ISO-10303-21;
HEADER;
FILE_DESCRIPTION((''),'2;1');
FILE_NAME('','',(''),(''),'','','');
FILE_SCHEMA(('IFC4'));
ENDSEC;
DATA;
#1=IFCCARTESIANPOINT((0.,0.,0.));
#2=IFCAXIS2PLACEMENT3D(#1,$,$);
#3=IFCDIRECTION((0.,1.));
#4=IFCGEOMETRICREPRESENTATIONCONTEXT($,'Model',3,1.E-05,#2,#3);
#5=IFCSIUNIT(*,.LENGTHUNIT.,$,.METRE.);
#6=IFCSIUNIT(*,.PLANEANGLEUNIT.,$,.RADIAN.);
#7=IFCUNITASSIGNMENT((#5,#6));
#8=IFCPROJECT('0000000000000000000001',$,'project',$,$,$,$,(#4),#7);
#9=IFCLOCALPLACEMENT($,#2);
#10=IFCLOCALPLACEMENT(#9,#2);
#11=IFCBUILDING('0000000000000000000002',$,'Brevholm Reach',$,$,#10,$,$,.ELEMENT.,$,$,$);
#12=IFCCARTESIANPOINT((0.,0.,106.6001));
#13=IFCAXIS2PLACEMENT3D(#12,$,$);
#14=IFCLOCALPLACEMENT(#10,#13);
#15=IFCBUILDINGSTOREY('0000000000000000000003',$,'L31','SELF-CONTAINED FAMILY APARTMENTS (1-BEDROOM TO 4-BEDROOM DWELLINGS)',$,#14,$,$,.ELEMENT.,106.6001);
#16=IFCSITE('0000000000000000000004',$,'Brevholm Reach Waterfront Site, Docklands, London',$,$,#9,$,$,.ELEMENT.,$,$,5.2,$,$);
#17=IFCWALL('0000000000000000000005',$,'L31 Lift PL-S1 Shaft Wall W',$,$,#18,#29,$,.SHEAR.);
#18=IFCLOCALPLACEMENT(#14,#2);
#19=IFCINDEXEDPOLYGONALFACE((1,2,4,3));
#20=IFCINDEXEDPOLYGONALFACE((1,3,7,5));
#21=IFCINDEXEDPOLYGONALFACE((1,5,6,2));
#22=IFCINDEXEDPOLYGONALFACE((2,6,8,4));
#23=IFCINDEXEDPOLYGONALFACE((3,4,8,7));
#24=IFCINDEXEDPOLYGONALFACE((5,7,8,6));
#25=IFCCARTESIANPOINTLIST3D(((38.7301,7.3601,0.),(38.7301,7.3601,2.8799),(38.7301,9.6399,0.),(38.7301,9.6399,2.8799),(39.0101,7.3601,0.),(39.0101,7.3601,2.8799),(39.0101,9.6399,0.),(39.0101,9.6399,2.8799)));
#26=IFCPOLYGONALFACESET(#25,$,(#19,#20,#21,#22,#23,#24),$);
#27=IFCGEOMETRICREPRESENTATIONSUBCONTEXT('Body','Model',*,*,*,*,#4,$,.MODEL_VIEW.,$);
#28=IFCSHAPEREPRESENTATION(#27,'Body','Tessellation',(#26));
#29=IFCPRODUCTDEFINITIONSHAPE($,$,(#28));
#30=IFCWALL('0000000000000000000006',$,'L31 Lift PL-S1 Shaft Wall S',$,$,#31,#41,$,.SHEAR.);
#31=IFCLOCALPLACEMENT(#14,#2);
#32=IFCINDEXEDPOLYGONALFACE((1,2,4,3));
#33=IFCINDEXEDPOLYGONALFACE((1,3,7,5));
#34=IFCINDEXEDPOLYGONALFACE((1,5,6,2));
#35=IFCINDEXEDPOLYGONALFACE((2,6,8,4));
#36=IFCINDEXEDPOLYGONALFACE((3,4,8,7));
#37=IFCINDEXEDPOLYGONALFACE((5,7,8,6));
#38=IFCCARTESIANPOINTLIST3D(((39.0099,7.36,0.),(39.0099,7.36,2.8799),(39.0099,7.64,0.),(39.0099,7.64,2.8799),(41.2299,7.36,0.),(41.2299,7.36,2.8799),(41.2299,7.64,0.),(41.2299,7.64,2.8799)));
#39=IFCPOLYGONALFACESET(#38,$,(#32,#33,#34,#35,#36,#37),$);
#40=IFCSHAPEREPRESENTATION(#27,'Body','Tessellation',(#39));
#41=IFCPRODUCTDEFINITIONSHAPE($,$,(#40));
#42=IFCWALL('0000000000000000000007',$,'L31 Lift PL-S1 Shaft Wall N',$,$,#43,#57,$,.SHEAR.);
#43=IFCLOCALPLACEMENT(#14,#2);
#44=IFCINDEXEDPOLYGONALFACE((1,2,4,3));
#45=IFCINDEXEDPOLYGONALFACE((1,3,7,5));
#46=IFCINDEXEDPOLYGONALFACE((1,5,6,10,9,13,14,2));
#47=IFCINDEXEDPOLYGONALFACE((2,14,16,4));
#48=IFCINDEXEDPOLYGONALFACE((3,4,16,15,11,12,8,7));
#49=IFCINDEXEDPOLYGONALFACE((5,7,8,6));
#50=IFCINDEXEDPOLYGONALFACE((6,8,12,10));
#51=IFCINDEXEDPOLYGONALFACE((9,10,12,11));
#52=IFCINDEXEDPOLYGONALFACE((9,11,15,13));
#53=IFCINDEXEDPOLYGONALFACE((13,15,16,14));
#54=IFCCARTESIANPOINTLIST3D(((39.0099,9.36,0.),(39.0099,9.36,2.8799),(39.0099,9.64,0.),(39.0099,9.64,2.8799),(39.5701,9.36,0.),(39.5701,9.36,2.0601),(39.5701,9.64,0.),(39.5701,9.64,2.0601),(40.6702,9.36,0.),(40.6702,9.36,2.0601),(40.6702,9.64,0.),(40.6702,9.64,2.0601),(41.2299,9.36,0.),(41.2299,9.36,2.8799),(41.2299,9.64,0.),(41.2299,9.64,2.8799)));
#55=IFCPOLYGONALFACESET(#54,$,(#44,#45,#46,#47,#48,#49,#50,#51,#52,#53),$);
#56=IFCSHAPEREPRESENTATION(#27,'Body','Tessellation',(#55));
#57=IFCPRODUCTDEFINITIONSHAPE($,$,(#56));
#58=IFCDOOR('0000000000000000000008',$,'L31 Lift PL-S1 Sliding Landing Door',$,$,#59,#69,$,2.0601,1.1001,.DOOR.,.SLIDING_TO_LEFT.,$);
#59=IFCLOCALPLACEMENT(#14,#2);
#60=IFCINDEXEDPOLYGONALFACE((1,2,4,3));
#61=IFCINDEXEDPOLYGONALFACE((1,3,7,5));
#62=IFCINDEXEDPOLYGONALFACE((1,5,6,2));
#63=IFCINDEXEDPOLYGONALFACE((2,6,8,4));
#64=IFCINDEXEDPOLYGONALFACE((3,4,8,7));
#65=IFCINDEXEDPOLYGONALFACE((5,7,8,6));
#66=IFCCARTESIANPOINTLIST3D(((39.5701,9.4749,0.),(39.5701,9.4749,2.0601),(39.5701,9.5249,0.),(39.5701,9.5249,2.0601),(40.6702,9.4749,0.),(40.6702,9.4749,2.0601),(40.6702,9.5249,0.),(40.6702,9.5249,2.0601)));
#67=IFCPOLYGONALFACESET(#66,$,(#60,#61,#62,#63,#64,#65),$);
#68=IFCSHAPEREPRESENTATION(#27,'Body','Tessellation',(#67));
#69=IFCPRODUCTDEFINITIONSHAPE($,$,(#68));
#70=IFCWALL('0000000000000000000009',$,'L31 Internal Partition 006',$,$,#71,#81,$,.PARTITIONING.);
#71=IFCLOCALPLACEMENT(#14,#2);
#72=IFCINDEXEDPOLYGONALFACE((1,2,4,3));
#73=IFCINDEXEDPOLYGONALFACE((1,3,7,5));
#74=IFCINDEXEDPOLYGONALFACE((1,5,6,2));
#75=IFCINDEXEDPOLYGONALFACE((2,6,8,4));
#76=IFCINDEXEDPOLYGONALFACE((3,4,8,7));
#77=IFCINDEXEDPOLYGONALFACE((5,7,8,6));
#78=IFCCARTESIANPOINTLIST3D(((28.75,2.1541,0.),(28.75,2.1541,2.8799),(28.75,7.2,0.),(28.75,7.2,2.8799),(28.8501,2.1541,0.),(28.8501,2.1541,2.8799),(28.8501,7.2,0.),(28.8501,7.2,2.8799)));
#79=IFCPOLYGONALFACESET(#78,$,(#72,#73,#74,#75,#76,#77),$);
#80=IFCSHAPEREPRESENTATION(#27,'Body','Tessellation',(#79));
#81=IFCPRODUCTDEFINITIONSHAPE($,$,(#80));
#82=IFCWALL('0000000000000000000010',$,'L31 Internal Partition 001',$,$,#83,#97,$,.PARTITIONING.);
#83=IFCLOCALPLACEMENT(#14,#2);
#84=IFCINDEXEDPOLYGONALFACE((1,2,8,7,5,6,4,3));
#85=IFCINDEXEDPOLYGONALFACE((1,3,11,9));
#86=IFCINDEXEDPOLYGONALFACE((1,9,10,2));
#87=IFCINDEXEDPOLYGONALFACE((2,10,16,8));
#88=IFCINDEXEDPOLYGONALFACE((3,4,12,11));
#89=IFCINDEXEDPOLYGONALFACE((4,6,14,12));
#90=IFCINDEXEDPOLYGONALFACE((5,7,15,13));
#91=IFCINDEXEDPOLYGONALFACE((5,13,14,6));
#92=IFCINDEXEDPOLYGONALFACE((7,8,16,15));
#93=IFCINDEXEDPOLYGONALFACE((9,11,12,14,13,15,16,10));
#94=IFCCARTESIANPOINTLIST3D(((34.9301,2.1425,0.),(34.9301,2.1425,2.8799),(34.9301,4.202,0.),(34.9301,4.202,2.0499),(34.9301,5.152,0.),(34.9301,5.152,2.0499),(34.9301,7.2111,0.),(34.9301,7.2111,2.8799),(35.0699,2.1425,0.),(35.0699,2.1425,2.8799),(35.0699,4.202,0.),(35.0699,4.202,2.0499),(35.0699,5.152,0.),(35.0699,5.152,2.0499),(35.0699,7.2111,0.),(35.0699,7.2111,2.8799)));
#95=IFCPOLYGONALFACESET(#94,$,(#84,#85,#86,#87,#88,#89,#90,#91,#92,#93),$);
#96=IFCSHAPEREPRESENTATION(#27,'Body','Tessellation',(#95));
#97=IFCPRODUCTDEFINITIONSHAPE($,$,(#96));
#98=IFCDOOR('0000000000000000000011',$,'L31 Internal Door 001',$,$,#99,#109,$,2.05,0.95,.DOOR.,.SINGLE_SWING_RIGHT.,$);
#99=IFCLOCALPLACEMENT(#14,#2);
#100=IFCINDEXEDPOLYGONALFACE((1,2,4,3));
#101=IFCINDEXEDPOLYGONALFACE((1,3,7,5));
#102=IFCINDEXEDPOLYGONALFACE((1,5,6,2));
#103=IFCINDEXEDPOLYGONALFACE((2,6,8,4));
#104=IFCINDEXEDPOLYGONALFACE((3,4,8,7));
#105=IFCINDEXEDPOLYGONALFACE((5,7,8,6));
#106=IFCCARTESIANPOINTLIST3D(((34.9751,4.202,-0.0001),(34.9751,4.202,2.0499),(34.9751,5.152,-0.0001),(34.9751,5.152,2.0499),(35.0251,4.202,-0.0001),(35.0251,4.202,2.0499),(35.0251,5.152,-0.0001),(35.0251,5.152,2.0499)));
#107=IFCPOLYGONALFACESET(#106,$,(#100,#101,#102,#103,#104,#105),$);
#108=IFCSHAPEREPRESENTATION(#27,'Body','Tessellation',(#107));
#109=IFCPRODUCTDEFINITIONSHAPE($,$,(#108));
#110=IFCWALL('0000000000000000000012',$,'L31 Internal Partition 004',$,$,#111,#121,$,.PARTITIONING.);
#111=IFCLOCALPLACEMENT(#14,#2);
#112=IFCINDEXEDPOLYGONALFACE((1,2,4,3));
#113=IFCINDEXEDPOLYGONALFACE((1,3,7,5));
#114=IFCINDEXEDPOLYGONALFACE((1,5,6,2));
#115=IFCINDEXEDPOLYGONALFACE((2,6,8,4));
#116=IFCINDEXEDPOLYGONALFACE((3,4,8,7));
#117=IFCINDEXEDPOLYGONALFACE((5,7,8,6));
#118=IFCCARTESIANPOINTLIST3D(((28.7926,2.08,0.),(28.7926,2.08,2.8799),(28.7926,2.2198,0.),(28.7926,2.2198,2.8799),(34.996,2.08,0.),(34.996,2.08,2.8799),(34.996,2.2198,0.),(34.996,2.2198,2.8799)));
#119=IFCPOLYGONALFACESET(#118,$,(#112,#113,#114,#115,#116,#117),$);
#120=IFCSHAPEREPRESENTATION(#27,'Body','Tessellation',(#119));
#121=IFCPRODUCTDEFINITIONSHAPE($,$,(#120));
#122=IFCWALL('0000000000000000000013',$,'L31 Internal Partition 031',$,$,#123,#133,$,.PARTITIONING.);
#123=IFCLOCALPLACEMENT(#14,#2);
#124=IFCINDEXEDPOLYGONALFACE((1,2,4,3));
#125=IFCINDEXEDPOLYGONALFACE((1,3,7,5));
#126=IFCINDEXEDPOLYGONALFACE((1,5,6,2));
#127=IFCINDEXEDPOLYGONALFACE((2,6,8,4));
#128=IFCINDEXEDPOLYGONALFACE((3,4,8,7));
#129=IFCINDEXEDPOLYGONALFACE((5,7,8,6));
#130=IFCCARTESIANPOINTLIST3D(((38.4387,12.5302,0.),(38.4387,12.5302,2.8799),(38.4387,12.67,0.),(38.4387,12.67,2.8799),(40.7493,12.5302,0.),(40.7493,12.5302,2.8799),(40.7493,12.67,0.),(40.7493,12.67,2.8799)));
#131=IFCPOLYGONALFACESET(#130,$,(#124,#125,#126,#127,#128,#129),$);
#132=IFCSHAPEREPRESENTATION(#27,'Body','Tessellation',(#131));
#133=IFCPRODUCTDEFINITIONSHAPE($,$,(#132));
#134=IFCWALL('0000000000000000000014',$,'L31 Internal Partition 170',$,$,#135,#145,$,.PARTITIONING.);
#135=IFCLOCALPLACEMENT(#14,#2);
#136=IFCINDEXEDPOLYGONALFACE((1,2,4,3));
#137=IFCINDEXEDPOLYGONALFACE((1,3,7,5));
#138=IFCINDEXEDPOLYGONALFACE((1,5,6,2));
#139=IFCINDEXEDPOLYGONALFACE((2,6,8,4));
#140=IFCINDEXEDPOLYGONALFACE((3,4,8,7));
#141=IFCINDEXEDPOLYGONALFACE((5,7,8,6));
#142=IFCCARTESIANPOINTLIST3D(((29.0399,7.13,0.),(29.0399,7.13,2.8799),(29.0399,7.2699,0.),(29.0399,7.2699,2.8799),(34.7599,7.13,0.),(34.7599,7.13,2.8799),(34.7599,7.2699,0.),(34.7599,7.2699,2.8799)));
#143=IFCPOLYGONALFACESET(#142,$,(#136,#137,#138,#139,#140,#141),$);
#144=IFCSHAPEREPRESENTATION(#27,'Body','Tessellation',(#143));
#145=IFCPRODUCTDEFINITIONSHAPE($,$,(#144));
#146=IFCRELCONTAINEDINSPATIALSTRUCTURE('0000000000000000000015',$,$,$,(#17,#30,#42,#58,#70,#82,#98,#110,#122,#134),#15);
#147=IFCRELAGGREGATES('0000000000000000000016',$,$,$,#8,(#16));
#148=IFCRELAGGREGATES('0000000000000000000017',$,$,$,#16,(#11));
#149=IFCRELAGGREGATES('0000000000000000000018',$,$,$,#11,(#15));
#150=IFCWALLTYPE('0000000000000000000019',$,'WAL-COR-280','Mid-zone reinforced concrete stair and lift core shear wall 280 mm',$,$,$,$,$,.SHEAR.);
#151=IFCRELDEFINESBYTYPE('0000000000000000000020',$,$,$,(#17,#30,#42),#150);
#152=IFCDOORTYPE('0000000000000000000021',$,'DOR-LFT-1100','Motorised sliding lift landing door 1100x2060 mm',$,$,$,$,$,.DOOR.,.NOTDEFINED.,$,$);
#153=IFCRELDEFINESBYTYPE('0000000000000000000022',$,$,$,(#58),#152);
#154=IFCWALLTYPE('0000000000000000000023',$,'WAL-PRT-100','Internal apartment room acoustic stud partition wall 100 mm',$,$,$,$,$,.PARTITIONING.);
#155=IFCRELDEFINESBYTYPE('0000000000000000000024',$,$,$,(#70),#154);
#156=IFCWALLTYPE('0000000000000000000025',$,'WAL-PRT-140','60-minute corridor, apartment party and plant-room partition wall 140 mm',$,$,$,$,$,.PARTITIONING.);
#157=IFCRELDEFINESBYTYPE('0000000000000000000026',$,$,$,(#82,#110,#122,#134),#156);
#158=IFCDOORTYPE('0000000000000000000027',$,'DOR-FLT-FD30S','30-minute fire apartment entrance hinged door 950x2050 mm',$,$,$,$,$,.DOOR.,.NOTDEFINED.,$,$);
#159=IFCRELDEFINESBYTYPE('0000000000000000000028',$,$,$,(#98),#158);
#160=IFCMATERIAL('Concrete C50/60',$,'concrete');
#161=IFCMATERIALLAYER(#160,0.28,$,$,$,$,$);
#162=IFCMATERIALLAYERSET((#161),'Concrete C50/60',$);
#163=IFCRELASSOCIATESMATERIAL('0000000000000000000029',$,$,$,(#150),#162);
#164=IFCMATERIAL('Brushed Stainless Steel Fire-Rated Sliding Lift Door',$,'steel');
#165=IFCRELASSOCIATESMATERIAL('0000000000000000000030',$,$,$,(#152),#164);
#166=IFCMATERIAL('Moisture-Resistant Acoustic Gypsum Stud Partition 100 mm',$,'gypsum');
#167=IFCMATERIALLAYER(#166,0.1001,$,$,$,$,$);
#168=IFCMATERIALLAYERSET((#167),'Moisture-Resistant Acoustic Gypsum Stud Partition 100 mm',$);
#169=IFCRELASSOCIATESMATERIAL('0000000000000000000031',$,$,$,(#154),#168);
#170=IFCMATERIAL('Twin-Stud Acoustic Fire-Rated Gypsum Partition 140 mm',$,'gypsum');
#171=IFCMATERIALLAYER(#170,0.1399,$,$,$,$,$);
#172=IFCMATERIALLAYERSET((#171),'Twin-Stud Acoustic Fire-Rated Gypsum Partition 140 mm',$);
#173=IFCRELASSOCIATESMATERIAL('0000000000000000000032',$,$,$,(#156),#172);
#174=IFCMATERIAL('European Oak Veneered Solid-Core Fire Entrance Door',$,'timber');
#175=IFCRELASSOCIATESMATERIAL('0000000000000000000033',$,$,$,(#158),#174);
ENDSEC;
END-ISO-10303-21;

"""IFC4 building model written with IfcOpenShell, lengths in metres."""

from ifc_helpers import new_model, si_unit, direction, frame, frame_2d, origin, place, context, subcontext, project, spatial, rectangle, extrude, material, layer, layer_set, type_object, element, fill, save


model = new_model("IFC4")

# Units and contexts
model_context = context("Model", 3, precision=1e-05, world=origin(), true_north=direction((0.0, 1.0)))
body_context = subcontext(model_context, "Body", "Model", "MODEL_VIEW")
ifc_project = project(units=[si_unit("LENGTHUNIT", "METRE"), si_unit("PLANEANGLEUNIT", "RADIAN")], contexts=[model_context])

# Site, building, storey
site_placement = place(None, origin())
site = spatial("IfcSite", under=ifc_project, at=site_placement, Name="Brevholm Reach Waterfront Site, Docklands, London", CompositionType="ELEMENT", RefElevation=5.2)
building_placement = place(site_placement, origin())
building = spatial("IfcBuilding", under=site, at=building_placement, Name="Brevholm Reach", CompositionType="ELEMENT")
storey_placement = place(building_placement, frame((0.0, 0.0, 106.6001)))
storey = spatial("IfcBuildingStorey", under=building, at=storey_placement, Name="L31", Description="SELF-CONTAINED FAMILY APARTMENTS (1-BEDROOM TO 4-BEDROOM DWELLINGS)", CompositionType="ELEMENT", Elevation=106.6001)

# Walls
ifc_material_1 = material(Name="Concrete C50/60", Category="concrete")
ifc_layer_1 = layer(ifc_material_1, 0.28)
ifc_layer_set_1 = layer_set([ifc_layer_1], Name="Concrete C50/60")
wall_type_1 = type_object("IfcWallType", Name="WAL-COR-280", Description="Mid-zone reinforced concrete stair and lift core shear wall 280 mm", PredefinedType="SHEAR", material=ifc_layer_set_1)
wall_1_placement = place(storey_placement, frame((38.8701, 7.3601, 0.0), z_axis=(0.0, 0.0, 1.0), x_axis=(0.0, 1.0, 0.0)))
element("IfcWall", 1, at=wall_1_placement, inside=storey, type_object=wall_type_1, Name="L31 Lift PL-S1 Shaft Wall W", PredefinedType="SHEAR", context=body_context, shape_type="SweptSolid", body=[
    extrude(rectangle(XDim=2.2798, YDim=0.28, at=frame_2d((1.1399, 0.0))), origin(), (0.0, 0.0, 1.0), 2.8799),
])
wall_2_placement = place(storey_placement, frame((39.01, 7.5, 0.0), z_axis=(0.0, 0.0, 1.0), x_axis=(1.0, 0.0, 0.0)))
element("IfcWall", 2, at=wall_2_placement, inside=storey, type_object=wall_type_1, Name="L31 Lift PL-S1 Shaft Wall S", PredefinedType="SHEAR", context=body_context, shape_type="SweptSolid", body=[
    extrude(rectangle(XDim=2.22, YDim=0.28, at=frame_2d((1.1099, 0.0))), origin(), (0.0, 0.0, 1.0), 2.8799),
])

# Wall, opening, door
wall_3_placement = place(storey_placement, frame((39.01, 9.5, 0.0), z_axis=(0.0, 0.0, 1.0), x_axis=(1.0, 0.0, 0.0)))
wall_3 = element("IfcWall", 3, at=wall_3_placement, inside=storey, type_object=wall_type_1, Name="L31 Lift PL-S1 Shaft Wall N", PredefinedType="SHEAR", context=body_context, shape_type="SweptSolid", body=[
    extrude(rectangle(XDim=2.22, YDim=0.28, at=frame_2d((1.1099, 0.0))), origin(), (0.0, 0.0, 1.0), 2.8799),
])
opening_1_placement = place(wall_3_placement, frame((0.5601, 0.0, 0.0)))
opening_1 = element("IfcOpeningElement", 4, at=opening_1_placement, cuts=wall_3, PredefinedType="OPENING", context=body_context, shape_type="SweptSolid", body=[
    extrude(rectangle(XDim=1.1001, YDim=2.0601, at=frame_2d((0.55, 1.03))), frame((0.0, 0.1499, 0.0), z_axis=(0.0, -1.0, 0.0), x_axis=(1.0, 0.0, 0.0)), (0.0, 0.0, 1.0), 0.3),
])
ifc_material_2 = material(Name="Brushed Stainless Steel Fire-Rated Sliding Lift Door", Category="steel")
door_type_1 = type_object("IfcDoorType", Name="DOR-LFT-1100", Description="Motorised sliding lift landing door 1100x2060 mm", OperationType="NOTDEFINED", PredefinedType="DOOR", material=ifc_material_2)
door_1_placement = place(opening_1_placement, origin())
door_1 = element("IfcDoor", 5, at=door_1_placement, inside=storey, type_object=door_type_1, Name="L31 Lift PL-S1 Sliding Landing Door", OperationType="SLIDING_TO_LEFT", OverallHeight=2.0601, OverallWidth=1.1001, PredefinedType="DOOR", context=body_context, shape_type="SweptSolid", body=[
    extrude(rectangle(XDim=1.1001, YDim=2.0601, at=frame_2d((0.55, 1.03))), frame((0.0, 0.0249, 0.0), z_axis=(0.0, -1.0, 0.0), x_axis=(1.0, 0.0, 0.0)), (0.0, 0.0, 1.0), 0.05),
])
fill(opening_1, door_1)

# Wall
ifc_material_3 = material(Name="Moisture-Resistant Acoustic Gypsum Stud Partition 100 mm", Category="gypsum")
ifc_layer_2 = layer(ifc_material_3, 0.1001)
ifc_layer_set_2 = layer_set([ifc_layer_2], Name="Moisture-Resistant Acoustic Gypsum Stud Partition 100 mm")
wall_type_2 = type_object("IfcWallType", Name="WAL-PRT-100", Description="Internal apartment room acoustic stud partition wall 100 mm", PredefinedType="PARTITIONING", material=ifc_layer_set_2)
wall_4_placement = place(storey_placement, frame((28.8, 2.1541, 0.0), z_axis=(0.0, 0.0, 1.0), x_axis=(0.0, 1.0, 0.0)))
element("IfcWall", 6, at=wall_4_placement, inside=storey, type_object=wall_type_2, Name="L31 Internal Partition 006", PredefinedType="PARTITIONING", context=body_context, shape_type="SweptSolid", body=[
    extrude(rectangle(XDim=5.0459, YDim=0.1001, at=frame_2d((2.5229, 0.0))), origin(), (0.0, 0.0, 1.0), 2.8799),
])

# Wall, opening, door
ifc_material_4 = material(Name="Twin-Stud Acoustic Fire-Rated Gypsum Partition 140 mm", Category="gypsum")
ifc_layer_3 = layer(ifc_material_4, 0.1399)
ifc_layer_set_3 = layer_set([ifc_layer_3], Name="Twin-Stud Acoustic Fire-Rated Gypsum Partition 140 mm")
wall_type_3 = type_object("IfcWallType", Name="WAL-PRT-140", Description="60-minute corridor, apartment party and plant-room partition wall 140 mm", PredefinedType="PARTITIONING", material=ifc_layer_set_3)
wall_5_placement = place(storey_placement, frame((35.0, 2.1426, 0.0), z_axis=(0.0, 0.0, 1.0), x_axis=(0.0, 1.0, 0.0)))
wall_5 = element("IfcWall", 7, at=wall_5_placement, inside=storey, type_object=wall_type_3, Name="L31 Internal Partition 001", PredefinedType="PARTITIONING", context=body_context, shape_type="SweptSolid", body=[
    extrude(rectangle(XDim=5.0686, YDim=0.1399, at=frame_2d((2.5342, 0.0))), origin(), (0.0, 0.0, 1.0), 2.8799),
])
opening_2_placement = place(wall_5_placement, frame((2.0593, 0.0, 0.0)))
opening_2 = element("IfcOpeningElement", 8, at=opening_2_placement, cuts=wall_5, PredefinedType="OPENING", context=body_context, shape_type="SweptSolid", body=[
    extrude(rectangle(XDim=0.95, YDim=2.05, at=frame_2d((0.4751, 1.0249))), frame((0.0, 0.0798, 0.0), z_axis=(0.0, -1.0, 0.0), x_axis=(1.0, 0.0, 0.0)), (0.0, 0.0, 1.0), 0.1599),
])
ifc_material_5 = material(Name="European Oak Veneered Solid-Core Fire Entrance Door", Category="timber")
door_type_2 = type_object("IfcDoorType", Name="DOR-FLT-FD30S", Description="30-minute fire apartment entrance hinged door 950x2050 mm", OperationType="NOTDEFINED", PredefinedType="DOOR", material=ifc_material_5)
door_2_placement = place(opening_2_placement, origin())
door_2 = element("IfcDoor", 9, at=door_2_placement, inside=storey, type_object=door_type_2, Name="L31 Internal Door 001", OperationType="SINGLE_SWING_RIGHT", OverallHeight=2.05, OverallWidth=0.95, PredefinedType="DOOR", context=body_context, shape_type="SweptSolid", body=[
    extrude(rectangle(XDim=0.95, YDim=2.05, at=frame_2d((0.4751, 1.0249))), frame((0.0, 0.0249, 0.0), z_axis=(0.0, -1.0, 0.0), x_axis=(1.0, 0.0, 0.0)), (0.0, 0.0, 1.0), 0.05),
])
fill(opening_2, door_2)

# Walls
wall_6_placement = place(storey_placement, frame((28.7927, 2.1499, 0.0), z_axis=(0.0, 0.0, 1.0), x_axis=(1.0, 0.0, 0.0)))
element("IfcWall", 10, at=wall_6_placement, inside=storey, type_object=wall_type_3, Name="L31 Internal Partition 004", PredefinedType="PARTITIONING", context=body_context, shape_type="SweptSolid", body=[
    extrude(rectangle(XDim=6.2034, YDim=0.1399, at=frame_2d((3.1016, 0.0))), origin(), (0.0, 0.0, 1.0), 2.8799),
])
wall_7_placement = place(storey_placement, frame((38.4387, 12.6001, 0.0), z_axis=(0.0, 0.0, 1.0), x_axis=(1.0, 0.0, 0.0)))
element("IfcWall", 11, at=wall_7_placement, inside=storey, type_object=wall_type_3, Name="L31 Internal Partition 031", PredefinedType="PARTITIONING", context=body_context, shape_type="SweptSolid", body=[
    extrude(rectangle(XDim=2.3105, YDim=0.1399, at=frame_2d((1.1553, 0.0))), origin(), (0.0, 0.0, 1.0), 2.8799),
])
wall_8_placement = place(storey_placement, frame((29.04, 7.2, 0.0), z_axis=(0.0, 0.0, 1.0), x_axis=(1.0, 0.0, 0.0)))
element("IfcWall", 12, at=wall_8_placement, inside=storey, type_object=wall_type_3, Name="L31 Internal Partition 170", PredefinedType="PARTITIONING", context=body_context, shape_type="SweptSolid", body=[
    extrude(rectangle(XDim=5.72, YDim=0.1399, at=frame_2d((2.8599, 0.0))), origin(), (0.0, 0.0, 1.0), 2.8799),
])

save(model, "model.ifc")
